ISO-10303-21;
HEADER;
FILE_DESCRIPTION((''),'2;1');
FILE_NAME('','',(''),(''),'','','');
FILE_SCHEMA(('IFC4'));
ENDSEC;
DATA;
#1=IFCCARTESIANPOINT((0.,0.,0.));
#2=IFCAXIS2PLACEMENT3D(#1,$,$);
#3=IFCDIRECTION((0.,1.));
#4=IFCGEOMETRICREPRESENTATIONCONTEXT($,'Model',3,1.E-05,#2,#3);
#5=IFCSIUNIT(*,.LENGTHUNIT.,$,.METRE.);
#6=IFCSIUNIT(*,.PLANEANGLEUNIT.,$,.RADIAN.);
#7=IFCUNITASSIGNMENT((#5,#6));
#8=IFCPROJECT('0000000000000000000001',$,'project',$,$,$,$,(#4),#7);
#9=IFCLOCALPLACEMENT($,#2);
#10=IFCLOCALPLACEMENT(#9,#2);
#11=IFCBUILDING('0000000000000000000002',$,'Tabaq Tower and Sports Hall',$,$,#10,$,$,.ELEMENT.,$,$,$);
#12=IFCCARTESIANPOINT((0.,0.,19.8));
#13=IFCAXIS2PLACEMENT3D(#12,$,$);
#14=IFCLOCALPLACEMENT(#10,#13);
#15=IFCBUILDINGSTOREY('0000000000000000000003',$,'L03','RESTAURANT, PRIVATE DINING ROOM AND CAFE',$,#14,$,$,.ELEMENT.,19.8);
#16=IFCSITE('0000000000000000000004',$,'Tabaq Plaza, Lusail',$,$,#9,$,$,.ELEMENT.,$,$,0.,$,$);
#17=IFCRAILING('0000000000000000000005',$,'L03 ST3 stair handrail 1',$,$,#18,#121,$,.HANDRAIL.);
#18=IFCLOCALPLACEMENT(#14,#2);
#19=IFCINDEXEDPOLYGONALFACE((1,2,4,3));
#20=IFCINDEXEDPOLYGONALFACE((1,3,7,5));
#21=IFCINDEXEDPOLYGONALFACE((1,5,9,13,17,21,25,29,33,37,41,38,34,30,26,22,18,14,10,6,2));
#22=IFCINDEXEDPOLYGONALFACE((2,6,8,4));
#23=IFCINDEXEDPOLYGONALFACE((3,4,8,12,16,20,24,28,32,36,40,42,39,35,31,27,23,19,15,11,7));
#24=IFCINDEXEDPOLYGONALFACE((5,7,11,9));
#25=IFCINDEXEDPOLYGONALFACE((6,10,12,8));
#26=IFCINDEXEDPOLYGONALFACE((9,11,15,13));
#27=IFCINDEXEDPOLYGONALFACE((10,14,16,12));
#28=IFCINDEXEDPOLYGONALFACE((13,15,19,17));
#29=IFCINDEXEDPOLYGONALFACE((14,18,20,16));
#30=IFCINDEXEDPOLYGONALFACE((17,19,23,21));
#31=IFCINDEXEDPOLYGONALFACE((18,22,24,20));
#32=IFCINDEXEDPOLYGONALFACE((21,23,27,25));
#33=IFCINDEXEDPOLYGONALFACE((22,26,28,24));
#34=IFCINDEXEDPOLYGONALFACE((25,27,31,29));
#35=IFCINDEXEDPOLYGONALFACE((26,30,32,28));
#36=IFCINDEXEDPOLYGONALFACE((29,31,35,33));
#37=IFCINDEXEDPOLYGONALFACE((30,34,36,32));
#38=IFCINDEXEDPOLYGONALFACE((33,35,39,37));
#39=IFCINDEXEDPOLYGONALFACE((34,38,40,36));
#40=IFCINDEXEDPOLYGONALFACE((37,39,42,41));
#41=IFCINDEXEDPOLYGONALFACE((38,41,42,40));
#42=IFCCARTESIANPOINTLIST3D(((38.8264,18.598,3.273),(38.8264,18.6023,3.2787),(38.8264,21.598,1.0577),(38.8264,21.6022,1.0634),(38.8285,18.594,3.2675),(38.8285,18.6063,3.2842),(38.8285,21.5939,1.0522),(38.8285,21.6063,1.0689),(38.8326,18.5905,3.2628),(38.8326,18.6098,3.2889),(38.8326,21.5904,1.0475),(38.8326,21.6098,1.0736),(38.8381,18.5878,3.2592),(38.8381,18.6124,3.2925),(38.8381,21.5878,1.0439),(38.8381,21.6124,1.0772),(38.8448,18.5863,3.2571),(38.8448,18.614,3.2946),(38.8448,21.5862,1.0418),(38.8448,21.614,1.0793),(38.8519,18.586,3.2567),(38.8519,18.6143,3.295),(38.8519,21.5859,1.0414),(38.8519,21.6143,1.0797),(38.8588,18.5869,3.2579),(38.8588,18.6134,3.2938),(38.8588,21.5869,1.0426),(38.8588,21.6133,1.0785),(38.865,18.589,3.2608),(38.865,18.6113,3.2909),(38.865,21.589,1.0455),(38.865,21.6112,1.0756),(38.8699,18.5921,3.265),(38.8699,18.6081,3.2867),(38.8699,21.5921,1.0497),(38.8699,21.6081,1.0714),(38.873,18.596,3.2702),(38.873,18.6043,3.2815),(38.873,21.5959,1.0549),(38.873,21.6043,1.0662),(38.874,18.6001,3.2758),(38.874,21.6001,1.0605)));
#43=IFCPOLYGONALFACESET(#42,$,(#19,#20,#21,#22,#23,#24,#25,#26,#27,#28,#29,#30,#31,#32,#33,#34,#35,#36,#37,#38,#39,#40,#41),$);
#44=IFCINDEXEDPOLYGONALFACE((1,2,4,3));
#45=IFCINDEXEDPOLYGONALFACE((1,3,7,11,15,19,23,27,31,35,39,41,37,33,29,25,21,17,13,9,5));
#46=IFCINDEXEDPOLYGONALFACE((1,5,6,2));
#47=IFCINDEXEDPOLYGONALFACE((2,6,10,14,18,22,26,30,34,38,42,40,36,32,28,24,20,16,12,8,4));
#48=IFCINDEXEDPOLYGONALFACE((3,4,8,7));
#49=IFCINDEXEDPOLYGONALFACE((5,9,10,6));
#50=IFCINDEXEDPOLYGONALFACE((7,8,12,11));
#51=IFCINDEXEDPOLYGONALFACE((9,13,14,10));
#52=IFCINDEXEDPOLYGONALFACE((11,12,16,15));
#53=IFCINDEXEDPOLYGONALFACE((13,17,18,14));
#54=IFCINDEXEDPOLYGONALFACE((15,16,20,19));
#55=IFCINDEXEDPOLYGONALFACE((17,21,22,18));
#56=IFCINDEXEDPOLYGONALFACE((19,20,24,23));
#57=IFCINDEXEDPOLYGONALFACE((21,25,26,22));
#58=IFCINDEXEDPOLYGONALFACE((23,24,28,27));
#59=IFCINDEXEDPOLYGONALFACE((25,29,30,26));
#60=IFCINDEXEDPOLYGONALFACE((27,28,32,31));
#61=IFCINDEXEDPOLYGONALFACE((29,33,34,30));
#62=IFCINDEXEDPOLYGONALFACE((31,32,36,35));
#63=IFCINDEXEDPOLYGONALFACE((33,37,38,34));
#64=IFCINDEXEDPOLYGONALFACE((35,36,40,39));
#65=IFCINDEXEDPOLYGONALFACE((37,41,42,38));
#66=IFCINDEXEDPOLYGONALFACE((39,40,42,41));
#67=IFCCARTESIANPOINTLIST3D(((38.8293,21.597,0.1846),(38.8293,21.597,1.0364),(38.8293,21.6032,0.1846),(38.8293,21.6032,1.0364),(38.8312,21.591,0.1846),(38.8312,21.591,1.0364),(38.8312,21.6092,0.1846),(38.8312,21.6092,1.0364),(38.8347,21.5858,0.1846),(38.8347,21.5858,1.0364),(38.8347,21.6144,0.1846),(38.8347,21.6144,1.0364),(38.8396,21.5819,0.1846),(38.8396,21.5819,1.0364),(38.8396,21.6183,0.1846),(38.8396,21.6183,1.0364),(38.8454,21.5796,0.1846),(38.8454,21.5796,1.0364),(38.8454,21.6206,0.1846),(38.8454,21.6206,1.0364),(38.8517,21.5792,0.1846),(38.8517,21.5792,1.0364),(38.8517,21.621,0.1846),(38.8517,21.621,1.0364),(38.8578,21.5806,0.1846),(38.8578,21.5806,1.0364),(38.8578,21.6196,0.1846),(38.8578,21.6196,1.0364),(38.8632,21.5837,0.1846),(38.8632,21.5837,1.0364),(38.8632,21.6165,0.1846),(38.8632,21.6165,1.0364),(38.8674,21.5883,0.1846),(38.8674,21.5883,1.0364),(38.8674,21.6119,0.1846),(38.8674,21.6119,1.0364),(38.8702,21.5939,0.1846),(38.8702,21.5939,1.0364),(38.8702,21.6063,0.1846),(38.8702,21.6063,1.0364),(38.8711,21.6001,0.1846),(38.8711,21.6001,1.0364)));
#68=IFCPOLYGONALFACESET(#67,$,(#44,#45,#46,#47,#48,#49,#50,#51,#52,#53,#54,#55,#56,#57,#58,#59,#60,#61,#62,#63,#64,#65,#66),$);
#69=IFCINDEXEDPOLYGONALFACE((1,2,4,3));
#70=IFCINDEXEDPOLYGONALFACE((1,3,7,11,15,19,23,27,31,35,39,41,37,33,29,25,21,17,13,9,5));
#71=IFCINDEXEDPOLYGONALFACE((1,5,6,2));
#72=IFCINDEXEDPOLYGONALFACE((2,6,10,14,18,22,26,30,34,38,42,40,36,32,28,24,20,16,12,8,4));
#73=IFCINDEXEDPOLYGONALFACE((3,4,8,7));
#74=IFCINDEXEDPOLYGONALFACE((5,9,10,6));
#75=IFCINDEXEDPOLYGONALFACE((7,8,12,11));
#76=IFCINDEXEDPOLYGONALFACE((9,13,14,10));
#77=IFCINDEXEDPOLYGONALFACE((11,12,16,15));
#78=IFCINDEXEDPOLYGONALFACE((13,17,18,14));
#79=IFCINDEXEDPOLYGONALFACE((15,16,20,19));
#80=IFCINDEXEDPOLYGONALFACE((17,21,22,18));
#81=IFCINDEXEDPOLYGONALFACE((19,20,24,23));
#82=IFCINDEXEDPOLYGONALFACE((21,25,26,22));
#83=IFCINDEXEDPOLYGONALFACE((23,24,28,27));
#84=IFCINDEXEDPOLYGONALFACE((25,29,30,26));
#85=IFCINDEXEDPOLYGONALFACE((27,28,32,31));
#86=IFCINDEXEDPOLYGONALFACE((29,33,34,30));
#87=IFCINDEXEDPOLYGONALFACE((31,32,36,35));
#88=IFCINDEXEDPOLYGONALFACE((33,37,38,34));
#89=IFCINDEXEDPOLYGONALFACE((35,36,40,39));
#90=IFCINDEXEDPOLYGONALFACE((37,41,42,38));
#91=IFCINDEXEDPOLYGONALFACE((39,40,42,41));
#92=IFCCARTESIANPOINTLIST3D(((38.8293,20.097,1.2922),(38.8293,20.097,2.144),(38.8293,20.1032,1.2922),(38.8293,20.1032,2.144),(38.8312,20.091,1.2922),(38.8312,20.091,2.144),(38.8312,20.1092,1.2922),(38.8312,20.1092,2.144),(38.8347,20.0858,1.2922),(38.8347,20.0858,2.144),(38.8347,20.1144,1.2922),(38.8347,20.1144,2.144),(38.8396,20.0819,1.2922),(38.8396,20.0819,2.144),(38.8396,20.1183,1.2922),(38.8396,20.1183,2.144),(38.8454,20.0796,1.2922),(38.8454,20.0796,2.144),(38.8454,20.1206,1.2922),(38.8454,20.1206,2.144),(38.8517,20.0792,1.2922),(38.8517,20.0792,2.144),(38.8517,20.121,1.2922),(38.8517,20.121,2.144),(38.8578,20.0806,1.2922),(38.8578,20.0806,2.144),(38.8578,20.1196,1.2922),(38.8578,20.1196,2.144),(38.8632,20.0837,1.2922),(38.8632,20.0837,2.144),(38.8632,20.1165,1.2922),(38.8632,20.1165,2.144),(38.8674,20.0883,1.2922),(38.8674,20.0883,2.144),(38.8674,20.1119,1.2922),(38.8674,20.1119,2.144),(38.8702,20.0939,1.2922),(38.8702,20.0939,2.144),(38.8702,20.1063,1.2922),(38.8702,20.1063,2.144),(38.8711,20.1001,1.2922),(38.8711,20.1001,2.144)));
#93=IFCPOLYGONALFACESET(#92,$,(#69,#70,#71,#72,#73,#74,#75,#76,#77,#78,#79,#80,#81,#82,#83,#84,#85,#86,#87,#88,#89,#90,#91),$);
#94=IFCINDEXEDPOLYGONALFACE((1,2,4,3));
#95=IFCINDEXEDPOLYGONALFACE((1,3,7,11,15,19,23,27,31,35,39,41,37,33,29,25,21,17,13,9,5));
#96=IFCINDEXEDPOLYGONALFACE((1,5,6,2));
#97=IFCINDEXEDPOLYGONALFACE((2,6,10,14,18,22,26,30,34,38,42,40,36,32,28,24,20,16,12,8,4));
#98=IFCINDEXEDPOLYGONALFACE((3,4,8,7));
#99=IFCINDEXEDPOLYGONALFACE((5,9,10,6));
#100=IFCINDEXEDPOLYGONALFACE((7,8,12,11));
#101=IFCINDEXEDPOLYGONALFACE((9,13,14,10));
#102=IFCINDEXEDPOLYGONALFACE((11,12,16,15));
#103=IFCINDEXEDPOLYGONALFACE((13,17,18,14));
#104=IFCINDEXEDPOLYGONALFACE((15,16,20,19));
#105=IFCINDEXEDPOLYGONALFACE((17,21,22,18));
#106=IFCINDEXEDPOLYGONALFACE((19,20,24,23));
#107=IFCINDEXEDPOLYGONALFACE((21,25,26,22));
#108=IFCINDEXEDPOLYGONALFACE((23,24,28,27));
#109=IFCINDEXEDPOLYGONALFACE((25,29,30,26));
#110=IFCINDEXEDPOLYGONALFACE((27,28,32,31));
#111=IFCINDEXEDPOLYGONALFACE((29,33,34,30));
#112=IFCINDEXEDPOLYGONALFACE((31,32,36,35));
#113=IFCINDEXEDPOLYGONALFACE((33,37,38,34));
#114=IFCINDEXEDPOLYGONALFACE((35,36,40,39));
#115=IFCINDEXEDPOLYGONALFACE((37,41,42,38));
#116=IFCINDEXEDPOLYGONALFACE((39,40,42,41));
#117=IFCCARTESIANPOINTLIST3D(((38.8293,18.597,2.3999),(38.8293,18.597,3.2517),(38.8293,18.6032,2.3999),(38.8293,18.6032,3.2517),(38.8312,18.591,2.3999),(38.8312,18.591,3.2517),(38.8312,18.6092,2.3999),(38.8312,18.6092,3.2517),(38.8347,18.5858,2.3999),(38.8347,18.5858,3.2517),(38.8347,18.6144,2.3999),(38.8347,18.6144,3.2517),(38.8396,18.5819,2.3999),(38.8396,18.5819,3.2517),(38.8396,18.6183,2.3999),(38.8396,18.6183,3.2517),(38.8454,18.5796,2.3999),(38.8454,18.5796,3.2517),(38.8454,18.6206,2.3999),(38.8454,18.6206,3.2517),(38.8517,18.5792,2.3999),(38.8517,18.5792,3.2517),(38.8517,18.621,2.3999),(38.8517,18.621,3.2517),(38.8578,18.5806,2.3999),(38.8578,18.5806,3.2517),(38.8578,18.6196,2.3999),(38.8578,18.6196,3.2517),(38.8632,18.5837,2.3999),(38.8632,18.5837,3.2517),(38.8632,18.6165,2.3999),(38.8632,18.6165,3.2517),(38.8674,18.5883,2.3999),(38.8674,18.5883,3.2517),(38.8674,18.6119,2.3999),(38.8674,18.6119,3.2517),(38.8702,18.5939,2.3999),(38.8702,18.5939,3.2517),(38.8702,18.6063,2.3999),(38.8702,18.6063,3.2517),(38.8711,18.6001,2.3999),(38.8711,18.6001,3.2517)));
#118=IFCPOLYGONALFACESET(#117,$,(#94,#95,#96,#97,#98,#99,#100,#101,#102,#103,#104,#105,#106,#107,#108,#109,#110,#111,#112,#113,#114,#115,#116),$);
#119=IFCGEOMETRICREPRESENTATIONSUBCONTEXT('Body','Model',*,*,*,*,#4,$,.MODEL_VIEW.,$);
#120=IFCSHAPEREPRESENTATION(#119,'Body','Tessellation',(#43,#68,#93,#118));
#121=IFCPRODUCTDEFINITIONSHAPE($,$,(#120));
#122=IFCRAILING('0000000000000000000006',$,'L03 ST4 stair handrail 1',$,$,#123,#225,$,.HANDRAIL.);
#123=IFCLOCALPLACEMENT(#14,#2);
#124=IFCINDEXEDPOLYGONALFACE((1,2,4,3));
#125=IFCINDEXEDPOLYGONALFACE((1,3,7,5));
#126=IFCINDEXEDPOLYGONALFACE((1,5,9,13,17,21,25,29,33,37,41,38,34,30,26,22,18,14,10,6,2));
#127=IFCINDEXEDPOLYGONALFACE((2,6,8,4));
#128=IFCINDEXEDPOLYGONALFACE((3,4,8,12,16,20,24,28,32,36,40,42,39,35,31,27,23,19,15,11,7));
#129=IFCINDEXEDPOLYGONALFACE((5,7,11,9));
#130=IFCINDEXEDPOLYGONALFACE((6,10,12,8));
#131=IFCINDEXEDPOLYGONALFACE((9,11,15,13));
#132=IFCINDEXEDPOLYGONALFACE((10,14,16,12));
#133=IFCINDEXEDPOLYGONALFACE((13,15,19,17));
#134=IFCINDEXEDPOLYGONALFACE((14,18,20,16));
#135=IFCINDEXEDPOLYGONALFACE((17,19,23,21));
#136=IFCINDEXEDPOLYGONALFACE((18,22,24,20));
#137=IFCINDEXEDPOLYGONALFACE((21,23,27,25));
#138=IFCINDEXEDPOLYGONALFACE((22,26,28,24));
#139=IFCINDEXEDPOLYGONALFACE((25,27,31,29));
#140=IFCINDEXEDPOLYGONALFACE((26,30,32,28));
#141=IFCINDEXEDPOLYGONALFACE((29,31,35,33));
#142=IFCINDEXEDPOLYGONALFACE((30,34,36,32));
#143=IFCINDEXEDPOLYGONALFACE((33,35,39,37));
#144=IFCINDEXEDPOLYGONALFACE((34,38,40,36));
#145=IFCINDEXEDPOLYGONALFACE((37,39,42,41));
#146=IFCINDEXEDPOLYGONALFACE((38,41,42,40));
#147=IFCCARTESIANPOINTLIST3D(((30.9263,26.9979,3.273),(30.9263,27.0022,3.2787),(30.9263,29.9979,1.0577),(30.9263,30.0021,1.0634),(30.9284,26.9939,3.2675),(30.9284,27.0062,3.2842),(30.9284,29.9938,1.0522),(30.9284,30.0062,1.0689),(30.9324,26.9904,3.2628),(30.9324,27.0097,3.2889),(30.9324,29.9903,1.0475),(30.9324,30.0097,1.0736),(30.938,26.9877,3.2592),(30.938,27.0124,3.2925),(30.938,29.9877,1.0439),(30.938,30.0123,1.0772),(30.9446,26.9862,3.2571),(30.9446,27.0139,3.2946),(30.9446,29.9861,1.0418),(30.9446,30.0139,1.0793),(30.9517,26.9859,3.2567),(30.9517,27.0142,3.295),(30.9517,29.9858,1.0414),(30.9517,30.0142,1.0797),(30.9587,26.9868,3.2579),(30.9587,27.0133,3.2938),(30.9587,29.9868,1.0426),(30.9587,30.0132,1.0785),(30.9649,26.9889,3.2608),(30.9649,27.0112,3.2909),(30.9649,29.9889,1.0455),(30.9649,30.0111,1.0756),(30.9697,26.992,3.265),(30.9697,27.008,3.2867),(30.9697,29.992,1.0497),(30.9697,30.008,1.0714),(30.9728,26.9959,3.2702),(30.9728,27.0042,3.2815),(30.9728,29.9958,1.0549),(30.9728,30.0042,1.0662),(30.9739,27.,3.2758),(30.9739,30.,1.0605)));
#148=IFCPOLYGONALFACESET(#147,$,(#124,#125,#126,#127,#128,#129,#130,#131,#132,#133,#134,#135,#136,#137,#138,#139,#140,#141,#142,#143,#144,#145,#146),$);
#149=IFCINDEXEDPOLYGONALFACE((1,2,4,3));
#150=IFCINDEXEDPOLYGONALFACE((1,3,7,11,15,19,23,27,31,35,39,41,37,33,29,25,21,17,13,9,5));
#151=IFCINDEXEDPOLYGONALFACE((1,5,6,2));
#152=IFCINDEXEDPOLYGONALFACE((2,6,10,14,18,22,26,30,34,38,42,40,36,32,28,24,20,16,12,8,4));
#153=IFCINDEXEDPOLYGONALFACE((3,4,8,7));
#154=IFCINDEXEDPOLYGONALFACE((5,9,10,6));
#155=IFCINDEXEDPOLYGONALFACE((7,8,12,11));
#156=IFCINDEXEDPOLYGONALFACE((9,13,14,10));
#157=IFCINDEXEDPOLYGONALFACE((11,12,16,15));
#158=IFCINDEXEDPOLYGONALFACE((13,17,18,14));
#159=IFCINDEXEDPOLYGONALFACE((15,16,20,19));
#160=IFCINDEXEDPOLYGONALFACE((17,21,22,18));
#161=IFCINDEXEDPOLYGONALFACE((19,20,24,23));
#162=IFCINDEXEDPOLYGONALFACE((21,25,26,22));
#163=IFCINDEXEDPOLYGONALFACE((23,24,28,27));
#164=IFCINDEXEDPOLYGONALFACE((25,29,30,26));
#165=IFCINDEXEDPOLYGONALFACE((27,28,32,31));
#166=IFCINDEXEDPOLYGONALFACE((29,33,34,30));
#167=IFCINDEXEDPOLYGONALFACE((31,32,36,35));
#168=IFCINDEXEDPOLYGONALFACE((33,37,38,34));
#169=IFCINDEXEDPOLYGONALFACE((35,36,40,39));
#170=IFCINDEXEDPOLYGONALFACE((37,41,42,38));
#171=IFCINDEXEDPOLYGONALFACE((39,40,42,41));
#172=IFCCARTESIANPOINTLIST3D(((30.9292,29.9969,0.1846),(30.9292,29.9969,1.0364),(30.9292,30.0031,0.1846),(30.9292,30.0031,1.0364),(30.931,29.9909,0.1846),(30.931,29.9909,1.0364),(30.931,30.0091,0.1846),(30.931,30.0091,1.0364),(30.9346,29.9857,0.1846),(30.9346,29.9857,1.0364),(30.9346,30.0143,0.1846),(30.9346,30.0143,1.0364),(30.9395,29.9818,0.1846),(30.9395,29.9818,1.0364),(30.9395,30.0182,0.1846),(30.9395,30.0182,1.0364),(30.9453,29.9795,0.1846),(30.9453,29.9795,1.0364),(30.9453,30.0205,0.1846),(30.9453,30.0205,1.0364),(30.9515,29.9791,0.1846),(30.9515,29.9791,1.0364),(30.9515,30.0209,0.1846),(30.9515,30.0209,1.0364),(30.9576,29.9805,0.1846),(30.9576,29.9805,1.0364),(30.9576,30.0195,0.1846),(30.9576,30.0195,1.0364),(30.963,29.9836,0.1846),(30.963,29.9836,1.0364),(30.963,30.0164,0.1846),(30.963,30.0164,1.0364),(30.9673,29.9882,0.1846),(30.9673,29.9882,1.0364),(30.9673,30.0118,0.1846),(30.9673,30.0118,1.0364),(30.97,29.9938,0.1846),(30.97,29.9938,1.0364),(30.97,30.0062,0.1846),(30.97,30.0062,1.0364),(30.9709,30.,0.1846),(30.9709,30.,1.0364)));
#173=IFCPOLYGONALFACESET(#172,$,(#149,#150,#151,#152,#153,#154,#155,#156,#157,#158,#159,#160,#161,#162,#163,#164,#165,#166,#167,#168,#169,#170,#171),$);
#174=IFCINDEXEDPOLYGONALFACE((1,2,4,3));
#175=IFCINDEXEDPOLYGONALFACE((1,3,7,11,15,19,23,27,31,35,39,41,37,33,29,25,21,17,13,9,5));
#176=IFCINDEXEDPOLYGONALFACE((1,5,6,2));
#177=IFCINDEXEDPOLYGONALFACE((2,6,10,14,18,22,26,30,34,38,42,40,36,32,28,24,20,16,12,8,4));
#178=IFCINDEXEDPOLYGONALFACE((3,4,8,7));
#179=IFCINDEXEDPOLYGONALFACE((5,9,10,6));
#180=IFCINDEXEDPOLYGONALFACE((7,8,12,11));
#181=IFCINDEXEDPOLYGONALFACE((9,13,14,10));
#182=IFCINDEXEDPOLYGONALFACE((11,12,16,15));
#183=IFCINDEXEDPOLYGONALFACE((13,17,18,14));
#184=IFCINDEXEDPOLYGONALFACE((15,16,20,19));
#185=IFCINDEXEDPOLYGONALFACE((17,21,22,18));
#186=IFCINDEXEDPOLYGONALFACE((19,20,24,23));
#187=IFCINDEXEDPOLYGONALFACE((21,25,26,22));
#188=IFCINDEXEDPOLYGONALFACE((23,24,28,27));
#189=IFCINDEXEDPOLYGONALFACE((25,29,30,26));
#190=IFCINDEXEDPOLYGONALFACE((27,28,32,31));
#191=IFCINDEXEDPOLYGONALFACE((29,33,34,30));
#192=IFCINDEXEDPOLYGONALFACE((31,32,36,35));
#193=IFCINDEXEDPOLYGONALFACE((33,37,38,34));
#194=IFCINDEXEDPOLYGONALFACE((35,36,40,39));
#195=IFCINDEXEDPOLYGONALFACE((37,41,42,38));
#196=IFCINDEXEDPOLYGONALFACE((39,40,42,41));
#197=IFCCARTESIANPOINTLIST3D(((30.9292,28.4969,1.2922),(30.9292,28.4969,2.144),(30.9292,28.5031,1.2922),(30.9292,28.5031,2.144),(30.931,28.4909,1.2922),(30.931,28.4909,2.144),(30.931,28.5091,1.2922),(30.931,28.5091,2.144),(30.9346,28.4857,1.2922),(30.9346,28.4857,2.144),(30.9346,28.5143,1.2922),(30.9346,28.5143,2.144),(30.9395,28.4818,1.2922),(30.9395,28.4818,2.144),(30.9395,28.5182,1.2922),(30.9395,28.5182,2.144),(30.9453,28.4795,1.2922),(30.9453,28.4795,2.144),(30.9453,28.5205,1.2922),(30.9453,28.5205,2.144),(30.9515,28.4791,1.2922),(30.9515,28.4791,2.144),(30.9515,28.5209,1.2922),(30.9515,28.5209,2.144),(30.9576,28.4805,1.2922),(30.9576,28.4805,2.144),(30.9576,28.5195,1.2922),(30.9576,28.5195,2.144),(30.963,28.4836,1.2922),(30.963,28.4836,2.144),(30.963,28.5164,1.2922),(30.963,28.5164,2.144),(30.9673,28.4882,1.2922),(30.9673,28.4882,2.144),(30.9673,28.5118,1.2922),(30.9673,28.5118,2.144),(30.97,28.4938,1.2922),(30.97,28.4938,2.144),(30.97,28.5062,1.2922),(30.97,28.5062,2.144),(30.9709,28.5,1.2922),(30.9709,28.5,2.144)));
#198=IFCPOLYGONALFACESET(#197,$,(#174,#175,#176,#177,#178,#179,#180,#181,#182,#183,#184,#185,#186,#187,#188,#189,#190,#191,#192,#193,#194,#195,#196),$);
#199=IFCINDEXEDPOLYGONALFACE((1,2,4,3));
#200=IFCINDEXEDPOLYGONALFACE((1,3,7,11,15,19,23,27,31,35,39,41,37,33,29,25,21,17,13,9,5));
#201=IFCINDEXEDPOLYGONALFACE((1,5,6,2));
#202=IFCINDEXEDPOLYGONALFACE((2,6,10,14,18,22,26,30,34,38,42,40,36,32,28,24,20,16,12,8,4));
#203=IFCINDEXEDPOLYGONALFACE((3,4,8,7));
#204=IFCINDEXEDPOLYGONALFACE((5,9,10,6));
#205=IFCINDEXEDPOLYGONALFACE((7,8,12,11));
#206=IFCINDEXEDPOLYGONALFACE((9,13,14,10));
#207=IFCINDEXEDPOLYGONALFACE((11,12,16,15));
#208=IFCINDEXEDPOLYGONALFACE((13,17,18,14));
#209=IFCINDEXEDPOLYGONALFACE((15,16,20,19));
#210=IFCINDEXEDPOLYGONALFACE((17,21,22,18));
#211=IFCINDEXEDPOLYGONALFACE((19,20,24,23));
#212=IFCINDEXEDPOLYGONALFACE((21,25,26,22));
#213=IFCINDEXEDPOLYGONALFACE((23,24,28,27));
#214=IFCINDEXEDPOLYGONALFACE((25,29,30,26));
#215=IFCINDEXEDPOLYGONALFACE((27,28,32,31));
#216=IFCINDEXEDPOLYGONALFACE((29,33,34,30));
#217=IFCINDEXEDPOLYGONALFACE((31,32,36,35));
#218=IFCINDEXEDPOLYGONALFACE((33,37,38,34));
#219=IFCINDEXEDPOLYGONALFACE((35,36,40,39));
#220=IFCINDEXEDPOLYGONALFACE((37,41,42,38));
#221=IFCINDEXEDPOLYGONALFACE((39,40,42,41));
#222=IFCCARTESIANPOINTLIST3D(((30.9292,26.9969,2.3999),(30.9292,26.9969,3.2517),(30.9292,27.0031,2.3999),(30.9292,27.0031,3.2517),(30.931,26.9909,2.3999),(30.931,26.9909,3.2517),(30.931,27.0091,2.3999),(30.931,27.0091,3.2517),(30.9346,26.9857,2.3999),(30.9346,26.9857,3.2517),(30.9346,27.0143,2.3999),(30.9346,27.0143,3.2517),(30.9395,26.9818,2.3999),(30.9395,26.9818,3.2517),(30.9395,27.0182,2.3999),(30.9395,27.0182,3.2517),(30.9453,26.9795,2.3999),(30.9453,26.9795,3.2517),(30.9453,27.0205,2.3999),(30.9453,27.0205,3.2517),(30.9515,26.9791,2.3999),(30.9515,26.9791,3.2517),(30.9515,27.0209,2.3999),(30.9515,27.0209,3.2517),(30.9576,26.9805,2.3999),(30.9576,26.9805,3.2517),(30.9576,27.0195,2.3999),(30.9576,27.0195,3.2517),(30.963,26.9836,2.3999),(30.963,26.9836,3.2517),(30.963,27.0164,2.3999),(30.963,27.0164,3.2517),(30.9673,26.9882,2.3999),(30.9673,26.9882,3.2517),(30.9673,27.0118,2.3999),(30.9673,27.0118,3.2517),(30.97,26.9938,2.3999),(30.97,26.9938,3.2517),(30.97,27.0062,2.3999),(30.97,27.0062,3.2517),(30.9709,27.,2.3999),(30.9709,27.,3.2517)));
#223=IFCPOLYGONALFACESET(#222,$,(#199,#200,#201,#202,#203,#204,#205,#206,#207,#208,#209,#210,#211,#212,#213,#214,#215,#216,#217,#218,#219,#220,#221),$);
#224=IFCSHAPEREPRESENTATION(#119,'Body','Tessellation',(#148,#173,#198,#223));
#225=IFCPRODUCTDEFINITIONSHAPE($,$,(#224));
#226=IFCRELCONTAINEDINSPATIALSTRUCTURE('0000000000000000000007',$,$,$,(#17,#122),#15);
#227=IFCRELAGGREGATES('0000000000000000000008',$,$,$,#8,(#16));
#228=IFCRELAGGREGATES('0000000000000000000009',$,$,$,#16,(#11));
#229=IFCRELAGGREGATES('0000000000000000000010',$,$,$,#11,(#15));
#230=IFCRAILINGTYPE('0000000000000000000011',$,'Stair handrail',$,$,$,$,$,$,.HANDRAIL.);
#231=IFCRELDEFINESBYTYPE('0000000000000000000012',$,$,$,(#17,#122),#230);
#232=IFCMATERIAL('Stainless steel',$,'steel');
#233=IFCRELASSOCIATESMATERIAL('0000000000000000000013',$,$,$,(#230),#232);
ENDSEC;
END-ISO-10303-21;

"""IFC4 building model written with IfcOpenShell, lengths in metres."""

from ifc_helpers import new_model, si_unit, direction, frame, origin, origin_2d, place, context, subcontext, project, spatial, circle, extrude, material, type_object, element, save


model = new_model("IFC4")

# Units and contexts
model_context = context("Model", 3, precision=1e-05, world=origin(), true_north=direction((0.0, 1.0)))
body_context = subcontext(model_context, "Body", "Model", "MODEL_VIEW")
ifc_project = project(units=[si_unit("LENGTHUNIT", "METRE"), si_unit("PLANEANGLEUNIT", "RADIAN")], contexts=[model_context])

# Site, building, storey
site_placement = place(None, origin())
site = spatial("IfcSite", under=ifc_project, at=site_placement, Name="Tabaq Plaza, Lusail", CompositionType="ELEMENT", RefElevation=0.0)
building_placement = place(site_placement, origin())
building = spatial("IfcBuilding", under=site, at=building_placement, Name="Tabaq Tower and Sports Hall", CompositionType="ELEMENT")
storey_placement = place(building_placement, frame((0.0, 0.0, 19.8)))
storey = spatial("IfcBuildingStorey", under=building, at=storey_placement, Name="L03", Description="RESTAURANT, PRIVATE DINING ROOM AND CAFE", CompositionType="ELEMENT", Elevation=19.8)

# Railings
ifc_material_1 = material(Name="Stainless steel", Category="steel")
railing_type_1 = type_object("IfcRailingType", Name="Stair handrail", PredefinedType="HANDRAIL", material=ifc_material_1)
for number, where, name in (
    (1, (38.8501, 21.6001, 0.1846), "L03 ST3 stair handrail 1"),
    (2, (30.95, 30.0, 0.1846), "L03 ST4 stair handrail 1"),
):
    element("IfcRailing", number, at=place(storey_placement, frame(where)), inside=storey, type_object=railing_type_1, Name=name, PredefinedType="HANDRAIL", context=body_context, shape_type="SweptSolid", body=[
        extrude(circle(Radius=0.0239, at=origin_2d()), frame((0.0, 0.0, 0.876), z_axis=(0.0, -0.80444, 0.594034), x_axis=(1.0, 0.0, 0.0)), (0.0, 0.0, 1.0), 3.7292),
        extrude(circle(Radius=0.021, at=origin_2d()), origin(), (0.0, 0.0, 1.0), 0.8518),
        extrude(circle(Radius=0.021, at=origin_2d()), frame((0.0, -1.5, 1.1077)), (0.0, 0.0, 1.0), 0.8518),
        extrude(circle(Radius=0.021, at=origin_2d()), frame((0.0, -3.0, 2.2153)), (0.0, 0.0, 1.0), 0.8518),
    ])

save(model, "model.ifc")
